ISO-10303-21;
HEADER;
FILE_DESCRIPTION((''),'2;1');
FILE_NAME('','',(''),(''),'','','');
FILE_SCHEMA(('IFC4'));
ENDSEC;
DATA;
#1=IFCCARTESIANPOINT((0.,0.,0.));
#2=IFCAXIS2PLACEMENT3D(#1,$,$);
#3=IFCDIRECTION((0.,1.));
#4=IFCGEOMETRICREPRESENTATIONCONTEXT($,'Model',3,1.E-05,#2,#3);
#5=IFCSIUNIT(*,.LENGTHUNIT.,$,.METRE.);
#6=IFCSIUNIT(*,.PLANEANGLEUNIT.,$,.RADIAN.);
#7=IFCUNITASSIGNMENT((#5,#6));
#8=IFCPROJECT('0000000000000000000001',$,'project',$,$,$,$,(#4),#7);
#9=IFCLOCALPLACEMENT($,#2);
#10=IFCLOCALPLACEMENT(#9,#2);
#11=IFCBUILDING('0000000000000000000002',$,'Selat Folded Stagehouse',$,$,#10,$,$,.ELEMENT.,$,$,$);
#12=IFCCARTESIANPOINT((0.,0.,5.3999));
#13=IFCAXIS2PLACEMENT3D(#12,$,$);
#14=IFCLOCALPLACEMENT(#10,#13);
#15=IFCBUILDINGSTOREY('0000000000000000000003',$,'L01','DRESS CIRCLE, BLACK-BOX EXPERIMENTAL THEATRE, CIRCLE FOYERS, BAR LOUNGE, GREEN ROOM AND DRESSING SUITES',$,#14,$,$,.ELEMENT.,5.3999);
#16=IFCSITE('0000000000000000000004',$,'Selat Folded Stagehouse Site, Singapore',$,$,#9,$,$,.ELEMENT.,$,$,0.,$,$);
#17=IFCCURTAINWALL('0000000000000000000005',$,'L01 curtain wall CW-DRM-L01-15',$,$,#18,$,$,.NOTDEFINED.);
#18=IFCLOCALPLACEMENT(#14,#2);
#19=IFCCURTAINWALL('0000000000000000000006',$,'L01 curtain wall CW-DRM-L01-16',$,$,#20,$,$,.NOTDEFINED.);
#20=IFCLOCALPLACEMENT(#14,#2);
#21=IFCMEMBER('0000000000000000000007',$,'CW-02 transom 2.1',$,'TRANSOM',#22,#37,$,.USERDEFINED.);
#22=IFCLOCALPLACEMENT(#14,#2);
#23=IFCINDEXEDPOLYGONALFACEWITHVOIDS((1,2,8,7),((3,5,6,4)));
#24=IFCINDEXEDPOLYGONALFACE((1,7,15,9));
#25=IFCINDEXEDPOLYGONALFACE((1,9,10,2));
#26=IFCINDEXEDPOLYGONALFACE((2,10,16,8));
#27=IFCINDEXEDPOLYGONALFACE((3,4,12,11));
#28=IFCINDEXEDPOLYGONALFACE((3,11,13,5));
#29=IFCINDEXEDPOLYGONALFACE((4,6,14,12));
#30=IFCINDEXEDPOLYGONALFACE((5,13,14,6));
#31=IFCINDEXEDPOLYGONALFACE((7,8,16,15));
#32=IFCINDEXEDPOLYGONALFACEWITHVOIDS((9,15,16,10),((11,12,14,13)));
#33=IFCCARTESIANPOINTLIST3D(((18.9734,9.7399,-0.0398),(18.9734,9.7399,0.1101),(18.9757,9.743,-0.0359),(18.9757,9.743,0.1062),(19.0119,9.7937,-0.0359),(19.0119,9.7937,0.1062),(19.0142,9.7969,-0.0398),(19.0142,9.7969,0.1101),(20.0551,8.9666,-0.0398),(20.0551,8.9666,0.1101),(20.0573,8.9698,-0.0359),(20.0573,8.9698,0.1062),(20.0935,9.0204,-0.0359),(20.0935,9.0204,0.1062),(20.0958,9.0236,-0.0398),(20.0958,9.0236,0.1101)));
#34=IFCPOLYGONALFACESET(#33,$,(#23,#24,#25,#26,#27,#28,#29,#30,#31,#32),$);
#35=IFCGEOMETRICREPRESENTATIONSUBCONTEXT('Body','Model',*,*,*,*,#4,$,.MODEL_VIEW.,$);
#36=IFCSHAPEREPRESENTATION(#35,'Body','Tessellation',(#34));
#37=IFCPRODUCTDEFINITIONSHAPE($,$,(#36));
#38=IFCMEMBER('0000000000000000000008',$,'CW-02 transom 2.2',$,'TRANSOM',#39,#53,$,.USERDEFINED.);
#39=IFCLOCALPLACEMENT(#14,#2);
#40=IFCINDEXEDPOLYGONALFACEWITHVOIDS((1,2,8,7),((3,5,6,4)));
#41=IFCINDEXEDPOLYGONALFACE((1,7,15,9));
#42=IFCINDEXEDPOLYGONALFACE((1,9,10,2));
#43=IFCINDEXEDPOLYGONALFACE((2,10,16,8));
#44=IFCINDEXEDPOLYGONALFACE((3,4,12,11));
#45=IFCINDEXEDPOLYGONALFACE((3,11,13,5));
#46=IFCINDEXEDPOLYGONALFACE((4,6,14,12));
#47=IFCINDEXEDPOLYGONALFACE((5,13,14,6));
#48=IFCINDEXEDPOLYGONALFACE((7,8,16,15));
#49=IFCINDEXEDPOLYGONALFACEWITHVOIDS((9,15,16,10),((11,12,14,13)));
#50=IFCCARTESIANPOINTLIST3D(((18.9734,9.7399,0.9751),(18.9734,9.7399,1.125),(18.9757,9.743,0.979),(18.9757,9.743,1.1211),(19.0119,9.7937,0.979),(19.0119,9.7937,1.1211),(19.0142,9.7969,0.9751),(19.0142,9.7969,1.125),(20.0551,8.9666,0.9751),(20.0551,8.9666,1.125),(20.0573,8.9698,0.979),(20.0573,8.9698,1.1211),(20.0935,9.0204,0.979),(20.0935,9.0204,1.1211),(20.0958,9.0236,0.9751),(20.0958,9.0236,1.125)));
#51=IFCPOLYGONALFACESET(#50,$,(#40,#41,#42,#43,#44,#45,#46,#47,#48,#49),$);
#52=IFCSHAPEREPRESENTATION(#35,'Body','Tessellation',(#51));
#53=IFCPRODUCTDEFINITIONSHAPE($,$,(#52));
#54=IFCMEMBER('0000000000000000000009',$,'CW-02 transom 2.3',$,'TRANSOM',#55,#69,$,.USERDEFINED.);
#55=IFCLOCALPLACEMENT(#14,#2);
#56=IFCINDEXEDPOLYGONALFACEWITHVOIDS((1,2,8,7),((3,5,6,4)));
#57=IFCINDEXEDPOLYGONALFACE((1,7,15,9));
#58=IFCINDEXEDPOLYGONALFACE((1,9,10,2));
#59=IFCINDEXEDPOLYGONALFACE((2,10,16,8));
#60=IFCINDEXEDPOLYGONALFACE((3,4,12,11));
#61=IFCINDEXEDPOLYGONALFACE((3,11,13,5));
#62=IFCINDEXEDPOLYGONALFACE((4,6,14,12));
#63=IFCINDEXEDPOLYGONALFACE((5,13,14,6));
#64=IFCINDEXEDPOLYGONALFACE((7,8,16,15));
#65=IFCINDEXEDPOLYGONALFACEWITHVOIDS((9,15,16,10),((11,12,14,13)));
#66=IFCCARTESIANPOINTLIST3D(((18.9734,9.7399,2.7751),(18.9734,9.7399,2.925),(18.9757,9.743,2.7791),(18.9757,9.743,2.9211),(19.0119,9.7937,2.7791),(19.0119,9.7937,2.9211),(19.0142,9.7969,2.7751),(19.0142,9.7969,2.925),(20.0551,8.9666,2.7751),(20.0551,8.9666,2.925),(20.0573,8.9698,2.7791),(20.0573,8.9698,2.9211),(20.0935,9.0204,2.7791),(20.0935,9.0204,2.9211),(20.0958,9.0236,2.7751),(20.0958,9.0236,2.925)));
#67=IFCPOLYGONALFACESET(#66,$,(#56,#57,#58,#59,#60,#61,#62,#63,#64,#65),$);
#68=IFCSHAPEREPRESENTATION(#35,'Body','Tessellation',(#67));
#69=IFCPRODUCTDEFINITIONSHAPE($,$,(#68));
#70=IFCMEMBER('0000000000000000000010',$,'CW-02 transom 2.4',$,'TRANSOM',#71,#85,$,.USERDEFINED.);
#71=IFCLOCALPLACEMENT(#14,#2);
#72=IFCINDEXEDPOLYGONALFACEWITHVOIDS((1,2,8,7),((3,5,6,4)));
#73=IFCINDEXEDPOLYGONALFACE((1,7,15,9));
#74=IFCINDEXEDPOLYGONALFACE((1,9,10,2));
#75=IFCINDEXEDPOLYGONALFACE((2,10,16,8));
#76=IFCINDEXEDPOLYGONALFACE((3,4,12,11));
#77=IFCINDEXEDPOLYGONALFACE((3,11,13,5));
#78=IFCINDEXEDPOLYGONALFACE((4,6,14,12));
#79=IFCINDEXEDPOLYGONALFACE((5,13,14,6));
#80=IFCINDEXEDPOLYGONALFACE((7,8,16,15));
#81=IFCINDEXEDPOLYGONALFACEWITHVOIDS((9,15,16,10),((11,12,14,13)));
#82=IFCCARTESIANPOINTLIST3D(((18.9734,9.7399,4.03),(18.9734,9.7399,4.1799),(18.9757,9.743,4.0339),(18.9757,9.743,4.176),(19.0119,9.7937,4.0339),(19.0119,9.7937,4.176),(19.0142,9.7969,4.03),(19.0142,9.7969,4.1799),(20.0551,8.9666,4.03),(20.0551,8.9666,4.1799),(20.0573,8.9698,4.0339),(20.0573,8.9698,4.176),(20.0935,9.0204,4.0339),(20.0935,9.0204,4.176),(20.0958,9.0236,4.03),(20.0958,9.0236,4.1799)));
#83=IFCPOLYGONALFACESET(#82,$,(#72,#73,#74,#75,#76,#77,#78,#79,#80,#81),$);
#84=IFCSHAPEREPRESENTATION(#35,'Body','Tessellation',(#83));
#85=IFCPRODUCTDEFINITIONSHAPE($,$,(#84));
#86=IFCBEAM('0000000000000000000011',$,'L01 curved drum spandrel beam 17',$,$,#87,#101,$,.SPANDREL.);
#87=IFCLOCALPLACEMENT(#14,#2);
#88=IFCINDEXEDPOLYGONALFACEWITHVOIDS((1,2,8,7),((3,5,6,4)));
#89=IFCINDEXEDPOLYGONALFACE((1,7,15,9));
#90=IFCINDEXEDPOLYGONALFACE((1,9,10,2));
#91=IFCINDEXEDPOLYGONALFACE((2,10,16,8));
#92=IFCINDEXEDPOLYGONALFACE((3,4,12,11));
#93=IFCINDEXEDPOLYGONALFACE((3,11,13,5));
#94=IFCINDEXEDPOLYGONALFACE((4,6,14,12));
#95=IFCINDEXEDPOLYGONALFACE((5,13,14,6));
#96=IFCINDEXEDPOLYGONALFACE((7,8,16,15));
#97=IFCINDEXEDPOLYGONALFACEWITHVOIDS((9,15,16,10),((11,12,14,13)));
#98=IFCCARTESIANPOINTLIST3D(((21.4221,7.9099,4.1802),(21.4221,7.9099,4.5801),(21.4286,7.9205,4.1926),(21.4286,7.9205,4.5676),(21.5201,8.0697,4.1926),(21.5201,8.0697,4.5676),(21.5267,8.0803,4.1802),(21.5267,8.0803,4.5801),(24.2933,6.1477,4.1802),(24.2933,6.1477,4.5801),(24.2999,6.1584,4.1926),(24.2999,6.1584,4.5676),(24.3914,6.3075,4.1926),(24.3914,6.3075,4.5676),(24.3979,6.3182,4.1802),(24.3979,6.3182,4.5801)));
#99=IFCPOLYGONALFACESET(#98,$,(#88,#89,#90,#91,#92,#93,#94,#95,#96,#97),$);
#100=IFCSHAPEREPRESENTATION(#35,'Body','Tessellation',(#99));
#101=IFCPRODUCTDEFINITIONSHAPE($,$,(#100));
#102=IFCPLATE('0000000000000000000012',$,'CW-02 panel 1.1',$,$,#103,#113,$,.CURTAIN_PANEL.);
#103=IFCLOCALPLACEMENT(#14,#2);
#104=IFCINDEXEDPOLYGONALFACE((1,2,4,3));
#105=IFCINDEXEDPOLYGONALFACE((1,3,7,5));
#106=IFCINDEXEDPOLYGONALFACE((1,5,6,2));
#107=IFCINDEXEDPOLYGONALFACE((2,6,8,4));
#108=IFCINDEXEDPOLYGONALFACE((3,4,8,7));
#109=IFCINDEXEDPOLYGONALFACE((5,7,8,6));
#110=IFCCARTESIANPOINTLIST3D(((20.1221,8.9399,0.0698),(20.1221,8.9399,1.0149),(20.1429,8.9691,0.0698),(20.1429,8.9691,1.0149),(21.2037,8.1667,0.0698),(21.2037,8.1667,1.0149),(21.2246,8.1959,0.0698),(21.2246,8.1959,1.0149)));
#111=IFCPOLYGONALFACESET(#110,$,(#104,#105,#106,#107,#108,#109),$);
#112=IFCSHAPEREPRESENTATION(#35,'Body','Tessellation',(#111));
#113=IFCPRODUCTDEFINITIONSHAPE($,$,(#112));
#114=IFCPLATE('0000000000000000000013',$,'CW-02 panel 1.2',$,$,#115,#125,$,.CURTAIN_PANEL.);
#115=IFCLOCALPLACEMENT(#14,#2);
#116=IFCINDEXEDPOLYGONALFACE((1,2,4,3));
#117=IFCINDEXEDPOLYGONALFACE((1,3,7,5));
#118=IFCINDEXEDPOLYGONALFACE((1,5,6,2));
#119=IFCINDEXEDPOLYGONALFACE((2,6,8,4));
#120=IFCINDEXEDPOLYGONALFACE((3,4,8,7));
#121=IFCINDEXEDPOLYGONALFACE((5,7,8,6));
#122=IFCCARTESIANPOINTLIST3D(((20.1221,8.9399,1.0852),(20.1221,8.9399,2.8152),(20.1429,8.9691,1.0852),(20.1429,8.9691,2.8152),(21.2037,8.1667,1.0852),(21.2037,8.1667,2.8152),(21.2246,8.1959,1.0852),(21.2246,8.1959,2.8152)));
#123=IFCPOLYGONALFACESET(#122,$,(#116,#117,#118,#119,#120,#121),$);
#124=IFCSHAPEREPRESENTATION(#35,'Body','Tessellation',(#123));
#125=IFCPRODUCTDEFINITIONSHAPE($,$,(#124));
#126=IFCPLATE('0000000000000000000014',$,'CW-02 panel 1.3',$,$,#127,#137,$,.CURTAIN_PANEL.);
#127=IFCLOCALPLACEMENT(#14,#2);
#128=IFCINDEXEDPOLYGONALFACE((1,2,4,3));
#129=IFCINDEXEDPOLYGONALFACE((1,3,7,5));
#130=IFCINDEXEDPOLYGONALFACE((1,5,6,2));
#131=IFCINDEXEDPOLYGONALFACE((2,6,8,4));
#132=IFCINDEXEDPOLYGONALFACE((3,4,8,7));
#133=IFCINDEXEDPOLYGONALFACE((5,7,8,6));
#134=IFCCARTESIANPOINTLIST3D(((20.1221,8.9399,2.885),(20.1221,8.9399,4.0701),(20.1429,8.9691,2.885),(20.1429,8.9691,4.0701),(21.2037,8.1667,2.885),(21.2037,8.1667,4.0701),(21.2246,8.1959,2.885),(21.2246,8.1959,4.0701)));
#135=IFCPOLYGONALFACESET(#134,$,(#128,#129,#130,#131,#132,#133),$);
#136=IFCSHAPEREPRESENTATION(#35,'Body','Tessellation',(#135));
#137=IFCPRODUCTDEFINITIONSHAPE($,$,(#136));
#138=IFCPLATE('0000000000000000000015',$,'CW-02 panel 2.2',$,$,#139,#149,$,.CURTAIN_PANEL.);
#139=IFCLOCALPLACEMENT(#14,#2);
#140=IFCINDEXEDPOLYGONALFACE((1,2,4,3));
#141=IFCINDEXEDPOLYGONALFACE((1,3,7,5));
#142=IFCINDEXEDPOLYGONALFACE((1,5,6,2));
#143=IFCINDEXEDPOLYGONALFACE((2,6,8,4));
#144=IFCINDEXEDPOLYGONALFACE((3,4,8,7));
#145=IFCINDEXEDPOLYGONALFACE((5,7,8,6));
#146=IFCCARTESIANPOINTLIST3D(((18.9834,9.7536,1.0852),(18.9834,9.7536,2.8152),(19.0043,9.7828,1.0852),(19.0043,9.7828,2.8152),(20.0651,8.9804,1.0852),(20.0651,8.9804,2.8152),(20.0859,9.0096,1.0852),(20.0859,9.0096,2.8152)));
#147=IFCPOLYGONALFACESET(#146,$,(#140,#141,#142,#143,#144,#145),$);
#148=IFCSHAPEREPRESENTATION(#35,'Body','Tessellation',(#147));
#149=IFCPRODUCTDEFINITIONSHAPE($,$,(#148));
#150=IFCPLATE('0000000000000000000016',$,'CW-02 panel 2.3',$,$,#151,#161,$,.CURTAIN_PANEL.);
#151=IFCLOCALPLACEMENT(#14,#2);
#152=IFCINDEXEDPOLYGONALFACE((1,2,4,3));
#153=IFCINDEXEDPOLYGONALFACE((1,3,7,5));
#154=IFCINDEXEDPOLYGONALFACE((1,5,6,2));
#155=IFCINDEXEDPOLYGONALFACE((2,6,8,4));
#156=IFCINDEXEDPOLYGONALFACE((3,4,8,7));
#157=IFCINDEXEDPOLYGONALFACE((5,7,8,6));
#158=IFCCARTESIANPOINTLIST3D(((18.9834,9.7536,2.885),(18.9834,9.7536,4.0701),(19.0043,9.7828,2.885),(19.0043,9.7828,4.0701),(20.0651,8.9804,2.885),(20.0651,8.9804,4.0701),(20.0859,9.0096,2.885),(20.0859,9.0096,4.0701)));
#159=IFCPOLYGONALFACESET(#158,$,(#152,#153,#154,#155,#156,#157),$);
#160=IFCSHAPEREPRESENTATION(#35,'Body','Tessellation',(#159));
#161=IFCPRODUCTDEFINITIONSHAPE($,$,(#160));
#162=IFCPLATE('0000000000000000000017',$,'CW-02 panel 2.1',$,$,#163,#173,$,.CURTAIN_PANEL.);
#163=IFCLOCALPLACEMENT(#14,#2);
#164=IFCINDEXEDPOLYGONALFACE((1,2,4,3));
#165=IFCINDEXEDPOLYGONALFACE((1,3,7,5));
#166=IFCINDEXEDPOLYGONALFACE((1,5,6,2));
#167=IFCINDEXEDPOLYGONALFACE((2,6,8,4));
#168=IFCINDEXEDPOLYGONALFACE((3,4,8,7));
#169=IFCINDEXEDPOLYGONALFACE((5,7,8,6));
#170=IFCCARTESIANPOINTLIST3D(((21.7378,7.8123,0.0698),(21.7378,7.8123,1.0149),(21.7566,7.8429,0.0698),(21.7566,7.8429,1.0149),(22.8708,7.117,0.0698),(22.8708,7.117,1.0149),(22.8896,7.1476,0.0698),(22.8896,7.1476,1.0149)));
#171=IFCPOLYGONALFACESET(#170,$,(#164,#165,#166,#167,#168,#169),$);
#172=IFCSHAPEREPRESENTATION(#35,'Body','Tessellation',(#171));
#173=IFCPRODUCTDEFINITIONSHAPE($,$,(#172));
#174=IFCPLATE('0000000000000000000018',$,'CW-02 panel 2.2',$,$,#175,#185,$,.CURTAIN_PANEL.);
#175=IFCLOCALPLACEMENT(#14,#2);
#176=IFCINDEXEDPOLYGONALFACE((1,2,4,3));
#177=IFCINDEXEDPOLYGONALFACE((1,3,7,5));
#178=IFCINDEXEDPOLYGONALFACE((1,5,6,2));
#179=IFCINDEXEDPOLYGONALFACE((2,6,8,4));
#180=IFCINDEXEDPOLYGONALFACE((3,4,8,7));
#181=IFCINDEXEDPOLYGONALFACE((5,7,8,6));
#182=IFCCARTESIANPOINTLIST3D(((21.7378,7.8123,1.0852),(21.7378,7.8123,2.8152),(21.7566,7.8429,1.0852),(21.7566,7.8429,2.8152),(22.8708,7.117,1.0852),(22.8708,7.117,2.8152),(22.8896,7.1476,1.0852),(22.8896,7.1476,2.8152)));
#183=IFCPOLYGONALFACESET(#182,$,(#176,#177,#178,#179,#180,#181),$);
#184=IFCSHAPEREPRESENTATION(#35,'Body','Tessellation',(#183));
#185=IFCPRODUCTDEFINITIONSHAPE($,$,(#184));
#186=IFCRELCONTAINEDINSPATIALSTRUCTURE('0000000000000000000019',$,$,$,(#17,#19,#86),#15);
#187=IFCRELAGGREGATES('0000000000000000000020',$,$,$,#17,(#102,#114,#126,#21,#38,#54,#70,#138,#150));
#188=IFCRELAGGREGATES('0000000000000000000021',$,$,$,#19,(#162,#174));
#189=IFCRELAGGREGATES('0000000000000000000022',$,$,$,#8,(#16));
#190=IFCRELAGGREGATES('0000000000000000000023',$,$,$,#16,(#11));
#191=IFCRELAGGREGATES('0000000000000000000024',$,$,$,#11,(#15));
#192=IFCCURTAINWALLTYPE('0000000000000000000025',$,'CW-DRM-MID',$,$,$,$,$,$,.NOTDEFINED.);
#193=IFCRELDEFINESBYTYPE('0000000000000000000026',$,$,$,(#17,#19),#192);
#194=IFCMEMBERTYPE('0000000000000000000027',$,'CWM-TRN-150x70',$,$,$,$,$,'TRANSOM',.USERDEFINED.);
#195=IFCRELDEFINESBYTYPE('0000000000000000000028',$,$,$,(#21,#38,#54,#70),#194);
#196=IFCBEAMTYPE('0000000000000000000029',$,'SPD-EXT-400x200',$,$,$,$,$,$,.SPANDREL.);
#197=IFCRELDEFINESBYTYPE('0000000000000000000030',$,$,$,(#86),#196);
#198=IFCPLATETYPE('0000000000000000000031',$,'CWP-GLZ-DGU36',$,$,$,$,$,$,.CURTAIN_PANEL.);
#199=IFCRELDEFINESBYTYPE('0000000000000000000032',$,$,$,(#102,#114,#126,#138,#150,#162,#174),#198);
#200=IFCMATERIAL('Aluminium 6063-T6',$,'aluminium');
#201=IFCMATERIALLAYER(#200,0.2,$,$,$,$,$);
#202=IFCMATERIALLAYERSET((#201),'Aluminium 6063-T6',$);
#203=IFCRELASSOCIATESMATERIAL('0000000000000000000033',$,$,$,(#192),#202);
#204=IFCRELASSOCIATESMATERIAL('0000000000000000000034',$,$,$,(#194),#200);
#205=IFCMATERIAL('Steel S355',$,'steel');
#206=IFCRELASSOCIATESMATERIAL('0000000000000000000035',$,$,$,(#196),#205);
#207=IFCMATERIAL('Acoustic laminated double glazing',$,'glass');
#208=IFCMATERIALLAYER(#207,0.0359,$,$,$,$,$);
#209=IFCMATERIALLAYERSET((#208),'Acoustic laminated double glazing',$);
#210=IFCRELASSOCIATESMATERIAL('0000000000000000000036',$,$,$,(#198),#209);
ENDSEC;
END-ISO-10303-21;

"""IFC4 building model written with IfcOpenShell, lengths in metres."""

from ifc_helpers import new_model, si_unit, direction, frame, origin, origin_2d, place, context, subcontext, project, spatial, rectangle, hollow_rectangle, extrude, material, layer, layer_set, material_profile, profile_set, type_object, element, aggregate, save


model = new_model("IFC4")

# Units and contexts
model_context = context("Model", 3, precision=1e-05, world=origin(), true_north=direction((0.0, 1.0)))
body_context = subcontext(model_context, "Body", "Model", "MODEL_VIEW")
ifc_project = project(units=[si_unit("LENGTHUNIT", "METRE"), si_unit("PLANEANGLEUNIT", "RADIAN")], contexts=[model_context])

# Site, building, storey
site_placement = place(None, origin())
site = spatial("IfcSite", under=ifc_project, at=site_placement, Name="Selat Folded Stagehouse Site, Singapore", CompositionType="ELEMENT", RefElevation=0.0)
building_placement = place(site_placement, origin())
building = spatial("IfcBuilding", under=site, at=building_placement, Name="Selat Folded Stagehouse", CompositionType="ELEMENT")
storey_placement = place(building_placement, frame((0.0, 0.0, 5.3999)))
storey = spatial("IfcBuildingStorey", under=building, at=storey_placement, Name="L01", Description="DRESS CIRCLE, BLACK-BOX EXPERIMENTAL THEATRE, CIRCLE FOYERS, BAR LOUNGE, GREEN ROOM AND DRESSING SUITES", CompositionType="ELEMENT", Elevation=5.3999)

# Shared definitions
ifc_material_1 = material(Name="Steel S355", Category="steel")

# Curtain wall
ifc_material_2 = material(Name="Aluminium 6063-T6", Category="aluminium")
ifc_layer_1 = layer(ifc_material_2, 0.2)
ifc_layer_set_1 = layer_set([ifc_layer_1], Name="Aluminium 6063-T6")
curtain_wall_type = type_object("IfcCurtainWallType", Name="CW-DRM-MID", PredefinedType="NOTDEFINED", material=ifc_layer_set_1)
curtain_wall_1_placement = place(storey_placement, origin())
curtain_wall_1 = element("IfcCurtainWall", 1, at=curtain_wall_1_placement, inside=storey, type_object=curtain_wall_type, Name="L01 curtain wall CW-DRM-L01-15", PredefinedType="NOTDEFINED")

# Curtain wall
curtain_wall_2_placement = place(storey_placement, origin())
curtain_wall_2 = element("IfcCurtainWall", 2, at=curtain_wall_2_placement, inside=storey, type_object=curtain_wall_type, Name="L01 curtain wall CW-DRM-L01-16", PredefinedType="NOTDEFINED")

# Members
ifc_material_profile_1 = material_profile(ifc_material_2, hollow_rectangle(XDim=0.0701, YDim=0.1499, WallThickness=0.0039, at=origin_2d()), Name="ALU 150x70x4.0")
ifc_profile_set_1 = profile_set([ifc_material_profile_1], Name="Aluminium 6063-T6")
member_type_1 = type_object("IfcMemberType", Name="CWM-TRN-150x70", ElementType="TRANSOM", PredefinedType="USERDEFINED", material=ifc_profile_set_1)
member_1_placement = place(storey_placement, frame((20.0754, 8.9951, 0.0352), z_axis=(-0.813498, 0.581568, 0.0), x_axis=(-0.581568, -0.813498, 0.0)))
member_1 = element("IfcMember", 3, at=member_1_placement, type_object=member_type_1, Name="CW-02 transom 2.1", ObjectType="TRANSOM", PredefinedType="USERDEFINED", context=body_context, shape_type="SweptSolid", body=[
    extrude(hollow_rectangle(XDim=0.0701, YDim=0.1499, WallThickness=0.0039, at=origin_2d()), origin(), (0.0, 0.0, 1.0), 1.3296),
])
member_2_placement = place(storey_placement, frame((20.0754, 8.9951, 1.05), z_axis=(-0.813498, 0.581568, 0.0), x_axis=(-0.581568, -0.813498, 0.0)))
member_2 = element("IfcMember", 4, at=member_2_placement, type_object=member_type_1, Name="CW-02 transom 2.2", ObjectType="TRANSOM", PredefinedType="USERDEFINED", context=body_context, shape_type="SweptSolid", body=[
    extrude(hollow_rectangle(XDim=0.0701, YDim=0.1499, WallThickness=0.0039, at=origin_2d()), origin(), (0.0, 0.0, 1.0), 1.3296),
])
member_3_placement = place(storey_placement, frame((20.0754, 8.9951, 2.8501), z_axis=(-0.813498, 0.581568, 0.0), x_axis=(-0.581568, -0.813498, 0.0)))
member_3 = element("IfcMember", 5, at=member_3_placement, type_object=member_type_1, Name="CW-02 transom 2.3", ObjectType="TRANSOM", PredefinedType="USERDEFINED", context=body_context, shape_type="SweptSolid", body=[
    extrude(hollow_rectangle(XDim=0.0701, YDim=0.1499, WallThickness=0.0039, at=origin_2d()), origin(), (0.0, 0.0, 1.0), 1.3296),
])
member_4_placement = place(storey_placement, frame((20.0754, 8.9951, 4.105), z_axis=(-0.813498, 0.581568, 0.0), x_axis=(-0.581568, -0.813498, 0.0)))
member_4 = element("IfcMember", 6, at=member_4_placement, type_object=member_type_1, Name="CW-02 transom 2.4", ObjectType="TRANSOM", PredefinedType="USERDEFINED", context=body_context, shape_type="SweptSolid", body=[
    extrude(hollow_rectangle(XDim=0.0701, YDim=0.1499, WallThickness=0.0039, at=origin_2d()), origin(), (0.0, 0.0, 1.0), 1.3296),
])

# Beam
ifc_material_profile_2 = material_profile(ifc_material_1, hollow_rectangle(XDim=0.2, YDim=0.3999, WallThickness=0.0125, at=origin_2d()), Name="RHS 400x200x12.5")
ifc_profile_set_2 = profile_set([ifc_material_profile_2], Name="Steel S355")
beam_type = type_object("IfcBeamType", Name="SPD-EXT-400x200", PredefinedType="SPANDREL", material=ifc_profile_set_2)
beam_placement = place(storey_placement, frame((21.4744, 7.9951, 4.3801), z_axis=(0.85229, -0.52307, 0.0), x_axis=(0.52307, 0.85229, 0.0)))
element("IfcBeam", 7, at=beam_placement, inside=storey, type_object=beam_type, Name="L01 curved drum spandrel beam 17", PredefinedType="SPANDREL", context=body_context, shape_type="SweptSolid", body=[
    extrude(hollow_rectangle(XDim=0.2, YDim=0.3999, WallThickness=0.0125, at=origin_2d()), origin(), (0.0, 0.0, 1.0), 3.3689),
])

# Plates
ifc_material_3 = material(Name="Acoustic laminated double glazing", Category="glass")
ifc_layer_2 = layer(ifc_material_3, 0.0359)
ifc_layer_set_2 = layer_set([ifc_layer_2], Name="Acoustic laminated double glazing")
plate_type = type_object("IfcPlateType", Name="CWP-GLZ-DGU36", PredefinedType="CURTAIN_PANEL", material=ifc_layer_set_2)
plate_1_placement = place(storey_placement, frame((20.6733, 8.5679, 0.0698), z_axis=(0.0, 0.0, 1.0), x_axis=(-0.813526, 0.581528, 0.0)))
plate_1 = element("IfcPlate", 8, at=plate_1_placement, type_object=plate_type, Name="CW-02 panel 1.1", PredefinedType="CURTAIN_PANEL", context=body_context, shape_type="SweptSolid", body=[
    extrude(rectangle(XDim=1.3296, YDim=0.0359, at=origin_2d()), origin(), (0.0, 0.0, 1.0), 0.9451),
])
plate_2_placement = place(storey_placement, frame((20.6733, 8.5679, 1.0852), z_axis=(0.0, 0.0, 1.0), x_axis=(-0.813526, 0.581528, 0.0)))
plate_2 = element("IfcPlate", 9, at=plate_2_placement, type_object=plate_type, Name="CW-02 panel 1.2", PredefinedType="CURTAIN_PANEL", context=body_context, shape_type="SweptSolid", body=[
    extrude(rectangle(XDim=1.3296, YDim=0.0359, at=origin_2d()), origin(), (0.0, 0.0, 1.0), 1.73),
])
plate_3_placement = place(storey_placement, frame((20.6733, 8.5679, 2.885), z_axis=(0.0, 0.0, 1.0), x_axis=(-0.813526, 0.581528, 0.0)))
plate_3 = element("IfcPlate", 10, at=plate_3_placement, type_object=plate_type, Name="CW-02 panel 1.3", PredefinedType="CURTAIN_PANEL", context=body_context, shape_type="SweptSolid", body=[
    extrude(rectangle(XDim=1.3296, YDim=0.0359, at=origin_2d()), origin(), (0.0, 0.0, 1.0), 1.1851),
])
plate_4_placement = place(storey_placement, frame((19.5347, 9.3816, 1.0852), z_axis=(0.0, 0.0, 1.0), x_axis=(-0.813526, 0.581528, 0.0)))
plate_4 = element("IfcPlate", 11, at=plate_4_placement, type_object=plate_type, Name="CW-02 panel 2.2", PredefinedType="CURTAIN_PANEL", context=body_context, shape_type="SweptSolid", body=[
    extrude(rectangle(XDim=1.3296, YDim=0.0359, at=origin_2d()), origin(), (0.0, 0.0, 1.0), 1.73),
])
plate_5_placement = place(storey_placement, frame((19.5347, 9.3816, 2.885), z_axis=(0.0, 0.0, 1.0), x_axis=(-0.813526, 0.581528, 0.0)))
plate_5 = element("IfcPlate", 12, at=plate_5_placement, type_object=plate_type, Name="CW-02 panel 2.3", PredefinedType="CURTAIN_PANEL", context=body_context, shape_type="SweptSolid", body=[
    extrude(rectangle(XDim=1.3296, YDim=0.0359, at=origin_2d()), origin(), (0.0, 0.0, 1.0), 1.1851),
])
aggregate(curtain_wall_1, [plate_1, plate_2, plate_3, member_1, member_2, member_3, member_4, plate_4, plate_5])
plate_6_placement = place(storey_placement, frame((22.3137, 7.48, 0.0698), z_axis=(0.0, 0.0, 1.0), x_axis=(-0.852317, 0.523025, 0.0)))
plate_6 = element("IfcPlate", 13, at=plate_6_placement, type_object=plate_type, Name="CW-02 panel 2.1", PredefinedType="CURTAIN_PANEL", context=body_context, shape_type="SweptSolid", body=[
    extrude(rectangle(XDim=1.3293, YDim=0.0359, at=origin_2d()), origin(), (0.0, 0.0, 1.0), 0.9451),
])
plate_7_placement = place(storey_placement, frame((22.3137, 7.48, 1.0852), z_axis=(0.0, 0.0, 1.0), x_axis=(-0.852317, 0.523025, 0.0)))
plate_7 = element("IfcPlate", 14, at=plate_7_placement, type_object=plate_type, Name="CW-02 panel 2.2", PredefinedType="CURTAIN_PANEL", context=body_context, shape_type="SweptSolid", body=[
    extrude(rectangle(XDim=1.3293, YDim=0.0359, at=origin_2d()), origin(), (0.0, 0.0, 1.0), 1.73),
])
aggregate(curtain_wall_2, [plate_6, plate_7])

save(model, "model.ifc")
